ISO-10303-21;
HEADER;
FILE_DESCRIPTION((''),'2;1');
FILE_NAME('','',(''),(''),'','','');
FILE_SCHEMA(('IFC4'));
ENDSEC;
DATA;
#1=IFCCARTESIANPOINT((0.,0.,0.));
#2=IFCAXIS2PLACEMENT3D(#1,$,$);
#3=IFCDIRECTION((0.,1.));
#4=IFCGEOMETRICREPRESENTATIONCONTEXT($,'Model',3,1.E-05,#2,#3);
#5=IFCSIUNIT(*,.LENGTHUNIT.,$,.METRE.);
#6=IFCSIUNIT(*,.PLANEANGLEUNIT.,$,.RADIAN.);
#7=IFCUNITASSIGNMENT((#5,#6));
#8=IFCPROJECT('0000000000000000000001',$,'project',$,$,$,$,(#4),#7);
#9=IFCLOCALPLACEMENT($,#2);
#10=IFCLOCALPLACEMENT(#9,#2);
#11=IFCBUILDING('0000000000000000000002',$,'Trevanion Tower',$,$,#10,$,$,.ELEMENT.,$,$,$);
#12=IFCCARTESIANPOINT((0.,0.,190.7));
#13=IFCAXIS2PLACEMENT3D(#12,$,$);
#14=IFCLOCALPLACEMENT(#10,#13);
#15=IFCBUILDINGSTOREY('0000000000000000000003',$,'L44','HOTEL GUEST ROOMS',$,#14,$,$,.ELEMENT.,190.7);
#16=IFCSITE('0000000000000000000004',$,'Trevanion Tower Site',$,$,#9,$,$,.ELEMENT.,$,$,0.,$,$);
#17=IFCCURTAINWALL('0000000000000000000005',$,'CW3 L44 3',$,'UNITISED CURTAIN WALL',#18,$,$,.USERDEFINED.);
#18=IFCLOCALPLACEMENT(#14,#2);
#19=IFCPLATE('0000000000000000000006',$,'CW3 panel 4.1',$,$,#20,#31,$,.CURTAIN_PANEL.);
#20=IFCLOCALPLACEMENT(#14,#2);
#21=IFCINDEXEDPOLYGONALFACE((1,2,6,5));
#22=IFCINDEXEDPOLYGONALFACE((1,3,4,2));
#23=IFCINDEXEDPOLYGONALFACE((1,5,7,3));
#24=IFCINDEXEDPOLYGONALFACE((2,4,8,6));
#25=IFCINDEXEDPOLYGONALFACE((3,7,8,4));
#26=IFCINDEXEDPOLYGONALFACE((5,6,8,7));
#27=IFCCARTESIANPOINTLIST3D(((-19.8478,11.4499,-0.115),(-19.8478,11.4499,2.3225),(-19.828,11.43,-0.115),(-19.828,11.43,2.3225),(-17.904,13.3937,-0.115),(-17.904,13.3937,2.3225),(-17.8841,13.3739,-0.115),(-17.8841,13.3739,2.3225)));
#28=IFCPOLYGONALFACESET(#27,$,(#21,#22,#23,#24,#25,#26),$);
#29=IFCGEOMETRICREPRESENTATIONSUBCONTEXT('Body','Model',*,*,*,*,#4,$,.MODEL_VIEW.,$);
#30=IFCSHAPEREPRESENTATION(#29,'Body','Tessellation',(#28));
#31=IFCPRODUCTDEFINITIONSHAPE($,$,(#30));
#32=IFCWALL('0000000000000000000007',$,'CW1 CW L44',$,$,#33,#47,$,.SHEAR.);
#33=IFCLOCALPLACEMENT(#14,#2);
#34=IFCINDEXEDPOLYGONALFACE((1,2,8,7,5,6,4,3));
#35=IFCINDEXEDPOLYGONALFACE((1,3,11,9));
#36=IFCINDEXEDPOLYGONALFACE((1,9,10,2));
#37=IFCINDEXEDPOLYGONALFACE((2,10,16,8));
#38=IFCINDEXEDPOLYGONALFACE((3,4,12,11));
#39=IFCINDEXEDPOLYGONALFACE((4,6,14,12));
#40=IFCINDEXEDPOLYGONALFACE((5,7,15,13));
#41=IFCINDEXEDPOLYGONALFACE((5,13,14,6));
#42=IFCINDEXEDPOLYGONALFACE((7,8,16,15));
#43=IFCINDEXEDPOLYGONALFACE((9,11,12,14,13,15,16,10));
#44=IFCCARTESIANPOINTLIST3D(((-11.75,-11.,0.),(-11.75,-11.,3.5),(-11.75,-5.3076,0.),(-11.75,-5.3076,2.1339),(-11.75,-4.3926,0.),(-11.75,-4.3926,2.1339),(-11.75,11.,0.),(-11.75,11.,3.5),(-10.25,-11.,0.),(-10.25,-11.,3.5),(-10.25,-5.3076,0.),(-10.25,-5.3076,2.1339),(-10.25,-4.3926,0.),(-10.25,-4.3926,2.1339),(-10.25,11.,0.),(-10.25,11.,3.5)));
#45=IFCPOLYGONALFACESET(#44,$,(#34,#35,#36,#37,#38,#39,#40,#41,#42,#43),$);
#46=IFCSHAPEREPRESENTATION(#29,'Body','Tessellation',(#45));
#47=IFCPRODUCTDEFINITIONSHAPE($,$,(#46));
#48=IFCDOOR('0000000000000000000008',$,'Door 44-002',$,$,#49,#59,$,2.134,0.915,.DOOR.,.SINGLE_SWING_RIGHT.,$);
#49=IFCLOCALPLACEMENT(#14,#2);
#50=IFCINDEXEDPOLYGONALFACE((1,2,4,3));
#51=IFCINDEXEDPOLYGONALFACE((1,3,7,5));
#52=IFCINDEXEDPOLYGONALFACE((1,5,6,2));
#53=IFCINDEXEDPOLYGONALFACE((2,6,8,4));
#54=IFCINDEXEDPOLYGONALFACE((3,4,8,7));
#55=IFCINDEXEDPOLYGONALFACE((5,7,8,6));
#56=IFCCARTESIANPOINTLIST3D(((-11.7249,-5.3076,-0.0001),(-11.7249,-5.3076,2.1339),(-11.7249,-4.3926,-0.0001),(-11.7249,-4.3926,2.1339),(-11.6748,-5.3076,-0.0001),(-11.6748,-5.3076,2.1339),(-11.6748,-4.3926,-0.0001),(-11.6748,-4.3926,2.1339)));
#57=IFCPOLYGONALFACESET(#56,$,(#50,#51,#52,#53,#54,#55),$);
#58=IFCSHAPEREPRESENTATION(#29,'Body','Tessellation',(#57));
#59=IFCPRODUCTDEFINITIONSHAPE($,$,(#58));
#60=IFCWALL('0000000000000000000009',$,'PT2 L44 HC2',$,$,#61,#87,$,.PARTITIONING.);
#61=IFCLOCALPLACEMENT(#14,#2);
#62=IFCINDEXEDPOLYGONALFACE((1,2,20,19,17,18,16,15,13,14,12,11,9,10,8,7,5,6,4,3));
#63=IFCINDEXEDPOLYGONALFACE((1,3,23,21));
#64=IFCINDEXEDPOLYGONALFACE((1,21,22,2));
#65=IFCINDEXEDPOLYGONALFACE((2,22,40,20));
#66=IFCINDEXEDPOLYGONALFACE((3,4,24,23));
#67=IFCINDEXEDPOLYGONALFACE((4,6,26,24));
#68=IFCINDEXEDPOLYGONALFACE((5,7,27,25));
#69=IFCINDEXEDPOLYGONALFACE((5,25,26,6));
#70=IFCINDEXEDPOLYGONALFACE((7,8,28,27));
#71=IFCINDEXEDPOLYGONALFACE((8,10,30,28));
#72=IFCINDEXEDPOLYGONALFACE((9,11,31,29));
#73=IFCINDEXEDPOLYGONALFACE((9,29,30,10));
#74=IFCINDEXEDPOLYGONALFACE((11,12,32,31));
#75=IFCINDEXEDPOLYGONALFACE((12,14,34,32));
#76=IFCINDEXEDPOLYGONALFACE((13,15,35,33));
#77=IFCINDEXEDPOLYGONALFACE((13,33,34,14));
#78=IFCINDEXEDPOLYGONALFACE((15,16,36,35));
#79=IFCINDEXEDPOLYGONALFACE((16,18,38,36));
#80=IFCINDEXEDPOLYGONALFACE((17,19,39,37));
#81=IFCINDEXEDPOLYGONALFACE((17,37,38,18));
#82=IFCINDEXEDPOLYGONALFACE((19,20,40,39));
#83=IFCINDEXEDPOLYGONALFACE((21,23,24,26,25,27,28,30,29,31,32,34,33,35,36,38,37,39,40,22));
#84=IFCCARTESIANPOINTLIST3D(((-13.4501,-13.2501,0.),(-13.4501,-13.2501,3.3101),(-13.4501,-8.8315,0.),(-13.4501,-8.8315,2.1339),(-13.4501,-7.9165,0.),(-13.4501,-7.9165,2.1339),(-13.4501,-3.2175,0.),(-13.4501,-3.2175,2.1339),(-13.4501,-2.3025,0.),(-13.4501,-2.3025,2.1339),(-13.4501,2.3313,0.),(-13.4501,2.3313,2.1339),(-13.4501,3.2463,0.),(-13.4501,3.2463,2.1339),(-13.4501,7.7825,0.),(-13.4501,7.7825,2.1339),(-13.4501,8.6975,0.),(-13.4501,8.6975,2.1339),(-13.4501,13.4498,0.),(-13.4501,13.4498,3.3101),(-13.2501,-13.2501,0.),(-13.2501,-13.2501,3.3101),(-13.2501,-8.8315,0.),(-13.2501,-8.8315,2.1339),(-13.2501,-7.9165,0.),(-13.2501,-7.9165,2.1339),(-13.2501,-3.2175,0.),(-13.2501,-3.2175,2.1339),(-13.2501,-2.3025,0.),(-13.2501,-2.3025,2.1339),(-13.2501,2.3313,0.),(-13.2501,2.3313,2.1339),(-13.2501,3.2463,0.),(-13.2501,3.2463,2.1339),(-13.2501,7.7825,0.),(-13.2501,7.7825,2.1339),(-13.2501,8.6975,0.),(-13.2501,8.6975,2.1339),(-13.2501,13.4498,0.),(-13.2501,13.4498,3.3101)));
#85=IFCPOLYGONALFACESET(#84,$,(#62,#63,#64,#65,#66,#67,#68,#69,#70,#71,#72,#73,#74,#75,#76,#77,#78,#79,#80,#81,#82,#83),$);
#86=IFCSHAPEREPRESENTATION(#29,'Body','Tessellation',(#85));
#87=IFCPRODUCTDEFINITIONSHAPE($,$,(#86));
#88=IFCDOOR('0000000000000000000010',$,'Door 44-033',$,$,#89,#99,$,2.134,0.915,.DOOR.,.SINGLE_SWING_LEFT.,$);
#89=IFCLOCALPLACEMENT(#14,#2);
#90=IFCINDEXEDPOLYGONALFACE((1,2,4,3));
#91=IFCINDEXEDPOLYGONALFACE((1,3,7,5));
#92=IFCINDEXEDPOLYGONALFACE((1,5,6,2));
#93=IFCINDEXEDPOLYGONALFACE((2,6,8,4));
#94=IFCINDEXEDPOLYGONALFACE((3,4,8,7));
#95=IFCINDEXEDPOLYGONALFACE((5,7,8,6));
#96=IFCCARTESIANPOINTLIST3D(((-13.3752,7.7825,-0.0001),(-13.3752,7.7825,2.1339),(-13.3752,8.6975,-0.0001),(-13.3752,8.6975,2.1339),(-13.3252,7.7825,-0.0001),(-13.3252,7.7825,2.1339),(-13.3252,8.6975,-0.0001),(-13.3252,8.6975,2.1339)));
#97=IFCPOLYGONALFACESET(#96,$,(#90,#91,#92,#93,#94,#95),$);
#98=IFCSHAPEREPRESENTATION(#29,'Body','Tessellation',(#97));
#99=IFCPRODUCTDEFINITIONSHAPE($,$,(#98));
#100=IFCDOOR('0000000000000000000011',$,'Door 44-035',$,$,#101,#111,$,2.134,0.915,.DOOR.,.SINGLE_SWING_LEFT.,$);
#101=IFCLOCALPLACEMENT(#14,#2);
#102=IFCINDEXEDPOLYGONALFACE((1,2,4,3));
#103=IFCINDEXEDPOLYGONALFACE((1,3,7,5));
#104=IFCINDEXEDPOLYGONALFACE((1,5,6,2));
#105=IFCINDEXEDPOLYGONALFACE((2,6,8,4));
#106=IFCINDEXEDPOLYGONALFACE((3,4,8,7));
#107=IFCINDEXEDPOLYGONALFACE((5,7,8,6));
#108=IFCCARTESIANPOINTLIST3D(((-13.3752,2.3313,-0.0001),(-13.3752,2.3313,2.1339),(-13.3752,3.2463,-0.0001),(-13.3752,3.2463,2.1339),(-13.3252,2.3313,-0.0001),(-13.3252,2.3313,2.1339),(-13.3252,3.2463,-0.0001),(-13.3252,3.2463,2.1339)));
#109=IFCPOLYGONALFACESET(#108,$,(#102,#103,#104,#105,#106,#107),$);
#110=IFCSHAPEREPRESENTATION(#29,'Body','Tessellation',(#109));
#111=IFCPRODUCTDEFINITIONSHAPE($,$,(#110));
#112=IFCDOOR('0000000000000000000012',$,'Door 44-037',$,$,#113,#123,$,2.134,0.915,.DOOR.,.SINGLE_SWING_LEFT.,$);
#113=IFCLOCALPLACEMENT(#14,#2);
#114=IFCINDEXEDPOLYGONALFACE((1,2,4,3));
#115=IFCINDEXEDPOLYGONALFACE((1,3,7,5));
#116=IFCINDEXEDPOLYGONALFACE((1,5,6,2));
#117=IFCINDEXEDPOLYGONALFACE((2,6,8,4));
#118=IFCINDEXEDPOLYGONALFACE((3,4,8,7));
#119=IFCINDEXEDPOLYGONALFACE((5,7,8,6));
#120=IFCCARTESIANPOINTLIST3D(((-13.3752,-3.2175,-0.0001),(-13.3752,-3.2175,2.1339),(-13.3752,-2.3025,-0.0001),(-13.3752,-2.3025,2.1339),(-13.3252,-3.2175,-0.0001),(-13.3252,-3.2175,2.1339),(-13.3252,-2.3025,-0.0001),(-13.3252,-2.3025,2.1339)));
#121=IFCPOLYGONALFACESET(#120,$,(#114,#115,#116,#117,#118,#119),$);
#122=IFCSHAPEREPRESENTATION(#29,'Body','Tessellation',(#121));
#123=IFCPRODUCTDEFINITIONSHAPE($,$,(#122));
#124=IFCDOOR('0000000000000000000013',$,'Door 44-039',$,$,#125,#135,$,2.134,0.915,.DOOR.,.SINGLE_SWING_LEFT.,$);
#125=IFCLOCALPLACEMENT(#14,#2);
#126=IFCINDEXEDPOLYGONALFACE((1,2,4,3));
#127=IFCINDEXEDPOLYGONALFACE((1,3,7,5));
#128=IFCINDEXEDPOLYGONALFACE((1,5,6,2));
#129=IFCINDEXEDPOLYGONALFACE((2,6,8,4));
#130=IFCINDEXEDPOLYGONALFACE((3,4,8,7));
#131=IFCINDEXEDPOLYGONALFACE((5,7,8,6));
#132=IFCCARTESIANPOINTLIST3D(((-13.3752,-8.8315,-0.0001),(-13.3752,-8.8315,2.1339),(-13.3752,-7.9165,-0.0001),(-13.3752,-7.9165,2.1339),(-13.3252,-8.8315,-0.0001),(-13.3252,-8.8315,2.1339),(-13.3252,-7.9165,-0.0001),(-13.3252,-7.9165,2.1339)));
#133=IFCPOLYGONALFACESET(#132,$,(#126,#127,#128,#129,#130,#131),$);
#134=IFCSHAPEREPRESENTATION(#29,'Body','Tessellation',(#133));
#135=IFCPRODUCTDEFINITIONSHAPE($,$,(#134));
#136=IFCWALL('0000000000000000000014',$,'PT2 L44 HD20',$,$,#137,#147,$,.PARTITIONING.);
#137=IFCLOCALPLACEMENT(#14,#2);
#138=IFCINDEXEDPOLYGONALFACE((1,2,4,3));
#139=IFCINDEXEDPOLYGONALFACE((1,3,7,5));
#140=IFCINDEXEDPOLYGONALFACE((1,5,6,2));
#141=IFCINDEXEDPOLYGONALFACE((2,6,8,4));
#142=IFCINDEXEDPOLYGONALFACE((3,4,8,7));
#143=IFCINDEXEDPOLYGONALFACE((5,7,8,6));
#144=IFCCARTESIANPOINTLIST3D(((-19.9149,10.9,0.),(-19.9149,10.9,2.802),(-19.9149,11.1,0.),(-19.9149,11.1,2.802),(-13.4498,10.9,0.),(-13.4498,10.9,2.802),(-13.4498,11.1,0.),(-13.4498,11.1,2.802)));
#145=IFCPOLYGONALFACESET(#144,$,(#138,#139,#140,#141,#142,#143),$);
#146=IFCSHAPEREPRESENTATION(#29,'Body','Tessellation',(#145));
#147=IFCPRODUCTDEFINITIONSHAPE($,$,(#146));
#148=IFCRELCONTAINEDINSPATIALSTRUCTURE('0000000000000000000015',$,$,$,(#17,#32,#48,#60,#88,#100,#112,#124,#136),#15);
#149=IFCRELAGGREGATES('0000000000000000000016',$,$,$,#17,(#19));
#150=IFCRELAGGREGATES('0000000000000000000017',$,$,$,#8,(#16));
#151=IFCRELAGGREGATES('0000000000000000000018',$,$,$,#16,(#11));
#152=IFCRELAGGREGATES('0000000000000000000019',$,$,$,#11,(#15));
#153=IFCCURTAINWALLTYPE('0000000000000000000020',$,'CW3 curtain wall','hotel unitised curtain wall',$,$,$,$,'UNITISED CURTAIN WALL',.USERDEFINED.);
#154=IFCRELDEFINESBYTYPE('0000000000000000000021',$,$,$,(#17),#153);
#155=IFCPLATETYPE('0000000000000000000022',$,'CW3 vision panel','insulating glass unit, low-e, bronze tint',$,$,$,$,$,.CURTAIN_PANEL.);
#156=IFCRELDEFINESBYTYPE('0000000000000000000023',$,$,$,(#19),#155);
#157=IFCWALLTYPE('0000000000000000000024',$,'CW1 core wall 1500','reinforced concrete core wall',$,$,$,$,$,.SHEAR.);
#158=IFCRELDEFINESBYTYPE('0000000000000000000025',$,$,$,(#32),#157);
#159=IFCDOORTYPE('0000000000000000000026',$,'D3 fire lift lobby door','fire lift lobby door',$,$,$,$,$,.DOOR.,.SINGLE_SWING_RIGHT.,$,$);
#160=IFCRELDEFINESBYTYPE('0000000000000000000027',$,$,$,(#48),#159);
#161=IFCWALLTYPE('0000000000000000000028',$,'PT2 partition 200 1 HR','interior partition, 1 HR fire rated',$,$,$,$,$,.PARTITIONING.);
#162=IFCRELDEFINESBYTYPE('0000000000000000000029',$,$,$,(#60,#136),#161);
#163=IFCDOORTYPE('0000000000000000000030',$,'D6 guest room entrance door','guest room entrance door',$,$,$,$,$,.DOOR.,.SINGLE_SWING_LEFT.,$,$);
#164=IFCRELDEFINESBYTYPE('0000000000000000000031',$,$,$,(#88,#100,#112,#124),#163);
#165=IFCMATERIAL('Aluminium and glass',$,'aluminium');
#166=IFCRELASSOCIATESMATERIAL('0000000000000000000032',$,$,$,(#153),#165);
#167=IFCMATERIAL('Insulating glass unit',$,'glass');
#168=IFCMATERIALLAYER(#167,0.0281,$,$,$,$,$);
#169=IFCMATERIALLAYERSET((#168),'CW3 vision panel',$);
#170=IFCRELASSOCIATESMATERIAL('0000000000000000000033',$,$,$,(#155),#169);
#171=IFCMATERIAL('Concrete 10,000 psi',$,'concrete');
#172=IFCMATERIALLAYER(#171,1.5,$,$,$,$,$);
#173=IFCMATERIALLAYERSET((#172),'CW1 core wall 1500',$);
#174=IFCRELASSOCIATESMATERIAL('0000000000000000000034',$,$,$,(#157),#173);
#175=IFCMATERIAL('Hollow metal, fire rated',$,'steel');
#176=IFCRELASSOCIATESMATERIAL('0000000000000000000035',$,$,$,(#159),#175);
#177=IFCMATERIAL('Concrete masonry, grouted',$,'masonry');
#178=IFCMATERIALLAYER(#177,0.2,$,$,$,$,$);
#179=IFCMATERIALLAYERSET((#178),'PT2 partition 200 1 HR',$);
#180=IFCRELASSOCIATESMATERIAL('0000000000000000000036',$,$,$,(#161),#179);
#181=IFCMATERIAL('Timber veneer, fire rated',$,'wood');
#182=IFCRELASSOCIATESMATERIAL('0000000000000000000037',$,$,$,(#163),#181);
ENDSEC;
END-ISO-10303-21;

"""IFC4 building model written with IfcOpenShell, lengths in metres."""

from ifc_helpers import new_model, si_unit, direction, frame, frame_2d, origin, origin_2d, place, context, subcontext, project, spatial, rectangle, extrude, material, layer, layer_set, type_object, element, fill, aggregate, save


model = new_model("IFC4")

# Units and contexts
model_context = context("Model", 3, precision=1e-05, world=origin(), true_north=direction((0.0, 1.0)))
body_context = subcontext(model_context, "Body", "Model", "MODEL_VIEW")
ifc_project = project(units=[si_unit("LENGTHUNIT", "METRE"), si_unit("PLANEANGLEUNIT", "RADIAN")], contexts=[model_context])

# Site, building, storey
site_placement = place(None, origin())
site = spatial("IfcSite", under=ifc_project, at=site_placement, Name="Trevanion Tower Site", CompositionType="ELEMENT", RefElevation=0.0)
building_placement = place(site_placement, origin())
building = spatial("IfcBuilding", under=site, at=building_placement, Name="Trevanion Tower", CompositionType="ELEMENT")
storey_placement = place(building_placement, frame((0.0, 0.0, 190.7)))
storey = spatial("IfcBuildingStorey", under=building, at=storey_placement, Name="L44", Description="HOTEL GUEST ROOMS", CompositionType="ELEMENT", Elevation=190.7)

# Curtain wall
ifc_material_1 = material(Name="Aluminium and glass", Category="aluminium")
curtain_wall_type = type_object("IfcCurtainWallType", Name="CW3 curtain wall", Description="hotel unitised curtain wall", ElementType="UNITISED CURTAIN WALL", PredefinedType="USERDEFINED", material=ifc_material_1)
curtain_wall_placement = place(storey_placement, origin())
curtain_wall = element("IfcCurtainWall", 1, at=curtain_wall_placement, inside=storey, type_object=curtain_wall_type, Name="CW3 L44 3", ObjectType="UNITISED CURTAIN WALL", PredefinedType="USERDEFINED")

# Plate
ifc_material_2 = material(Name="Insulating glass unit", Category="glass")
ifc_layer_1 = layer(ifc_material_2, 0.0281)
ifc_layer_set_1 = layer_set([ifc_layer_1], Name="CW3 vision panel")
plate_type_1 = type_object("IfcPlateType", Name="CW3 vision panel", Description="insulating glass unit, low-e, bronze tint", PredefinedType="CURTAIN_PANEL", material=ifc_layer_set_1)
plate_1_placement = place(storey_placement, frame((-18.866, 12.4119, -0.115), z_axis=(0.0, 0.0, 1.0), x_axis=(-0.707107, -0.707107, 0.0)))
plate_1 = element("IfcPlate", 2, at=plate_1_placement, type_object=plate_type_1, Name="CW3 panel 4.1", PredefinedType="CURTAIN_PANEL", context=body_context, shape_type="SweptSolid", body=[
    extrude(rectangle(XDim=2.749, YDim=0.0281, at=origin_2d()), origin(), (0.0, 0.0, 1.0), 2.4375),
])
aggregate(curtain_wall, [plate_1])

# Wall, opening, door
ifc_material_3 = material(Name="Concrete 10,000 psi", Category="concrete")
ifc_layer_2 = layer(ifc_material_3, 1.5)
ifc_layer_set_2 = layer_set([ifc_layer_2], Name="CW1 core wall 1500")
wall_type_1 = type_object("IfcWallType", Name="CW1 core wall 1500", Description="reinforced concrete core wall", PredefinedType="SHEAR", material=ifc_layer_set_2)
wall_1_placement = place(storey_placement, frame((-11.0, 11.0, 0.0), z_axis=(0.0, 0.0, 1.0), x_axis=(0.0, -1.0, 0.0)))
wall_1 = element("IfcWall", 3, at=wall_1_placement, inside=storey, type_object=wall_type_1, Name="CW1 CW L44", PredefinedType="SHEAR", context=body_context, shape_type="SweptSolid", body=[
    extrude(rectangle(XDim=22.0, YDim=1.5, at=frame_2d((11.0, 0.0))), origin(), (0.0, 0.0, 1.0), 3.5),
])
opening_1_placement = place(wall_1_placement, frame((15.3926, 0.0, 0.0)))
opening_1 = element("IfcOpeningElement", 4, at=opening_1_placement, cuts=wall_1, PredefinedType="OPENING", context=body_context, shape_type="SweptSolid", body=[
    extrude(rectangle(XDim=0.915, YDim=2.134, at=frame_2d((0.4575, 1.0669))), frame((0.0, 0.76, 0.0), z_axis=(0.0, -1.0, 0.0), x_axis=(1.0, 0.0, 0.0)), (0.0, 0.0, 1.0), 1.52),
])
ifc_material_4 = material(Name="Hollow metal, fire rated", Category="steel")
door_type_1 = type_object("IfcDoorType", Name="D3 fire lift lobby door", Description="fire lift lobby door", OperationType="SINGLE_SWING_RIGHT", PredefinedType="DOOR", material=ifc_material_4)
door_1_placement = place(opening_1_placement, origin())
door_1 = element("IfcDoor", 5, at=door_1_placement, inside=storey, type_object=door_type_1, Name="Door 44-002", OperationType="SINGLE_SWING_RIGHT", OverallHeight=2.134, OverallWidth=0.915, PredefinedType="DOOR", context=body_context, shape_type="SweptSolid", body=[
    extrude(rectangle(XDim=0.915, YDim=2.134, at=frame_2d((0.4575, 1.0669))), frame((0.0, -0.6748, 0.0), z_axis=(0.0, -1.0, 0.0), x_axis=(1.0, 0.0, 0.0)), (0.0, 0.0, 1.0), 0.05),
])
fill(opening_1, door_1)

# Wall, openings, doors
ifc_material_5 = material(Name="Concrete masonry, grouted", Category="masonry")
ifc_layer_3 = layer(ifc_material_5, 0.2)
ifc_layer_set_3 = layer_set([ifc_layer_3], Name="PT2 partition 200 1 HR")
wall_type_2 = type_object("IfcWallType", Name="PT2 partition 200 1 HR", Description="interior partition, 1 HR fire rated", PredefinedType="PARTITIONING", material=ifc_layer_set_3)
wall_2_placement = place(storey_placement, frame((-13.3501, 13.45, 0.0), z_axis=(0.0, 0.0, 1.0), x_axis=(0.0, -1.0, 0.0)))
wall_2 = element("IfcWall", 6, at=wall_2_placement, inside=storey, type_object=wall_type_2, Name="PT2 L44 HC2", PredefinedType="PARTITIONING", context=body_context, shape_type="SweptSolid", body=[
    extrude(rectangle(XDim=26.7, YDim=0.2, at=frame_2d((13.3501, 0.0))), origin(), (0.0, 0.0, 1.0), 3.3101),
])
opening_2_placement = place(wall_2_placement, frame((4.7524, 0.0, 0.0)))
opening_2 = element("IfcOpeningElement", 7, at=opening_2_placement, cuts=wall_2, PredefinedType="OPENING", context=body_context, shape_type="SweptSolid", body=[
    extrude(rectangle(XDim=0.915, YDim=2.134, at=frame_2d((0.4575, 1.0669))), frame((0.0, 0.1099, 0.0), z_axis=(0.0, -1.0, 0.0), x_axis=(1.0, 0.0, 0.0)), (0.0, 0.0, 1.0), 0.22),
])
opening_3_placement = place(wall_2_placement, frame((10.2036, 0.0, 0.0)))
opening_3 = element("IfcOpeningElement", 8, at=opening_3_placement, cuts=wall_2, PredefinedType="OPENING", context=body_context, shape_type="SweptSolid", body=[
    extrude(rectangle(XDim=0.915, YDim=2.134, at=frame_2d((0.4575, 1.0669))), frame((0.0, 0.1099, 0.0), z_axis=(0.0, -1.0, 0.0), x_axis=(1.0, 0.0, 0.0)), (0.0, 0.0, 1.0), 0.22),
])
opening_4_placement = place(wall_2_placement, frame((15.7524, 0.0, 0.0)))
opening_4 = element("IfcOpeningElement", 9, at=opening_4_placement, cuts=wall_2, PredefinedType="OPENING", context=body_context, shape_type="SweptSolid", body=[
    extrude(rectangle(XDim=0.915, YDim=2.134, at=frame_2d((0.4575, 1.0669))), frame((0.0, 0.1099, 0.0), z_axis=(0.0, -1.0, 0.0), x_axis=(1.0, 0.0, 0.0)), (0.0, 0.0, 1.0), 0.22),
])
opening_5_placement = place(wall_2_placement, frame((21.3665, 0.0, 0.0)))
opening_5 = element("IfcOpeningElement", 10, at=opening_5_placement, cuts=wall_2, PredefinedType="OPENING", context=body_context, shape_type="SweptSolid", body=[
    extrude(rectangle(XDim=0.915, YDim=2.134, at=frame_2d((0.4575, 1.0669))), frame((0.0, 0.1099, 0.0), z_axis=(0.0, -1.0, 0.0), x_axis=(1.0, 0.0, 0.0)), (0.0, 0.0, 1.0), 0.22),
])
ifc_material_6 = material(Name="Timber veneer, fire rated", Category="wood")
door_type_2 = type_object("IfcDoorType", Name="D6 guest room entrance door", Description="guest room entrance door", OperationType="SINGLE_SWING_LEFT", PredefinedType="DOOR", material=ifc_material_6)
door_2_placement = place(opening_2_placement, origin())
door_2 = element("IfcDoor", 11, at=door_2_placement, inside=storey, type_object=door_type_2, Name="Door 44-033", OperationType="SINGLE_SWING_LEFT", OverallHeight=2.134, OverallWidth=0.915, PredefinedType="DOOR", context=body_context, shape_type="SweptSolid", body=[
    extrude(rectangle(XDim=0.915, YDim=2.134, at=frame_2d((0.4575, 1.0669))), frame((0.0, 0.0249, 0.0), z_axis=(0.0, -1.0, 0.0), x_axis=(1.0, 0.0, 0.0)), (0.0, 0.0, 1.0), 0.05),
])
fill(opening_2, door_2)
door_3_placement = place(opening_3_placement, origin())
door_3 = element("IfcDoor", 12, at=door_3_placement, inside=storey, type_object=door_type_2, Name="Door 44-035", OperationType="SINGLE_SWING_LEFT", OverallHeight=2.134, OverallWidth=0.915, PredefinedType="DOOR", context=body_context, shape_type="SweptSolid", body=[
    extrude(rectangle(XDim=0.915, YDim=2.134, at=frame_2d((0.4575, 1.0669))), frame((0.0, 0.0249, 0.0), z_axis=(0.0, -1.0, 0.0), x_axis=(1.0, 0.0, 0.0)), (0.0, 0.0, 1.0), 0.05),
])
fill(opening_3, door_3)
door_4_placement = place(opening_4_placement, origin())
door_4 = element("IfcDoor", 13, at=door_4_placement, inside=storey, type_object=door_type_2, Name="Door 44-037", OperationType="SINGLE_SWING_LEFT", OverallHeight=2.134, OverallWidth=0.915, PredefinedType="DOOR", context=body_context, shape_type="SweptSolid", body=[
    extrude(rectangle(XDim=0.915, YDim=2.134, at=frame_2d((0.4575, 1.0669))), frame((0.0, 0.0249, 0.0), z_axis=(0.0, -1.0, 0.0), x_axis=(1.0, 0.0, 0.0)), (0.0, 0.0, 1.0), 0.05),
])
fill(opening_4, door_4)
door_5_placement = place(opening_5_placement, origin())
door_5 = element("IfcDoor", 14, at=door_5_placement, inside=storey, type_object=door_type_2, Name="Door 44-039", OperationType="SINGLE_SWING_LEFT", OverallHeight=2.134, OverallWidth=0.915, PredefinedType="DOOR", context=body_context, shape_type="SweptSolid", body=[
    extrude(rectangle(XDim=0.915, YDim=2.134, at=frame_2d((0.4575, 1.0669))), frame((0.0, 0.0249, 0.0), z_axis=(0.0, -1.0, 0.0), x_axis=(1.0, 0.0, 0.0)), (0.0, 0.0, 1.0), 0.05),
])
fill(opening_5, door_5)

# Wall
wall_3_placement = place(storey_placement, frame((-13.45, 11.0, 0.0), z_axis=(0.0, 0.0, 1.0), x_axis=(-1.0, 0.0, 0.0)))
element("IfcWall", 15, at=wall_3_placement, inside=storey, type_object=wall_type_2, Name="PT2 L44 HD20", PredefinedType="PARTITIONING", context=body_context, shape_type="SweptSolid", body=[
    extrude(rectangle(XDim=6.4651, YDim=0.2, at=frame_2d((3.2324, 0.0))), origin(), (0.0, 0.0, 1.0), 2.802),
])

save(model, "model.ifc")
